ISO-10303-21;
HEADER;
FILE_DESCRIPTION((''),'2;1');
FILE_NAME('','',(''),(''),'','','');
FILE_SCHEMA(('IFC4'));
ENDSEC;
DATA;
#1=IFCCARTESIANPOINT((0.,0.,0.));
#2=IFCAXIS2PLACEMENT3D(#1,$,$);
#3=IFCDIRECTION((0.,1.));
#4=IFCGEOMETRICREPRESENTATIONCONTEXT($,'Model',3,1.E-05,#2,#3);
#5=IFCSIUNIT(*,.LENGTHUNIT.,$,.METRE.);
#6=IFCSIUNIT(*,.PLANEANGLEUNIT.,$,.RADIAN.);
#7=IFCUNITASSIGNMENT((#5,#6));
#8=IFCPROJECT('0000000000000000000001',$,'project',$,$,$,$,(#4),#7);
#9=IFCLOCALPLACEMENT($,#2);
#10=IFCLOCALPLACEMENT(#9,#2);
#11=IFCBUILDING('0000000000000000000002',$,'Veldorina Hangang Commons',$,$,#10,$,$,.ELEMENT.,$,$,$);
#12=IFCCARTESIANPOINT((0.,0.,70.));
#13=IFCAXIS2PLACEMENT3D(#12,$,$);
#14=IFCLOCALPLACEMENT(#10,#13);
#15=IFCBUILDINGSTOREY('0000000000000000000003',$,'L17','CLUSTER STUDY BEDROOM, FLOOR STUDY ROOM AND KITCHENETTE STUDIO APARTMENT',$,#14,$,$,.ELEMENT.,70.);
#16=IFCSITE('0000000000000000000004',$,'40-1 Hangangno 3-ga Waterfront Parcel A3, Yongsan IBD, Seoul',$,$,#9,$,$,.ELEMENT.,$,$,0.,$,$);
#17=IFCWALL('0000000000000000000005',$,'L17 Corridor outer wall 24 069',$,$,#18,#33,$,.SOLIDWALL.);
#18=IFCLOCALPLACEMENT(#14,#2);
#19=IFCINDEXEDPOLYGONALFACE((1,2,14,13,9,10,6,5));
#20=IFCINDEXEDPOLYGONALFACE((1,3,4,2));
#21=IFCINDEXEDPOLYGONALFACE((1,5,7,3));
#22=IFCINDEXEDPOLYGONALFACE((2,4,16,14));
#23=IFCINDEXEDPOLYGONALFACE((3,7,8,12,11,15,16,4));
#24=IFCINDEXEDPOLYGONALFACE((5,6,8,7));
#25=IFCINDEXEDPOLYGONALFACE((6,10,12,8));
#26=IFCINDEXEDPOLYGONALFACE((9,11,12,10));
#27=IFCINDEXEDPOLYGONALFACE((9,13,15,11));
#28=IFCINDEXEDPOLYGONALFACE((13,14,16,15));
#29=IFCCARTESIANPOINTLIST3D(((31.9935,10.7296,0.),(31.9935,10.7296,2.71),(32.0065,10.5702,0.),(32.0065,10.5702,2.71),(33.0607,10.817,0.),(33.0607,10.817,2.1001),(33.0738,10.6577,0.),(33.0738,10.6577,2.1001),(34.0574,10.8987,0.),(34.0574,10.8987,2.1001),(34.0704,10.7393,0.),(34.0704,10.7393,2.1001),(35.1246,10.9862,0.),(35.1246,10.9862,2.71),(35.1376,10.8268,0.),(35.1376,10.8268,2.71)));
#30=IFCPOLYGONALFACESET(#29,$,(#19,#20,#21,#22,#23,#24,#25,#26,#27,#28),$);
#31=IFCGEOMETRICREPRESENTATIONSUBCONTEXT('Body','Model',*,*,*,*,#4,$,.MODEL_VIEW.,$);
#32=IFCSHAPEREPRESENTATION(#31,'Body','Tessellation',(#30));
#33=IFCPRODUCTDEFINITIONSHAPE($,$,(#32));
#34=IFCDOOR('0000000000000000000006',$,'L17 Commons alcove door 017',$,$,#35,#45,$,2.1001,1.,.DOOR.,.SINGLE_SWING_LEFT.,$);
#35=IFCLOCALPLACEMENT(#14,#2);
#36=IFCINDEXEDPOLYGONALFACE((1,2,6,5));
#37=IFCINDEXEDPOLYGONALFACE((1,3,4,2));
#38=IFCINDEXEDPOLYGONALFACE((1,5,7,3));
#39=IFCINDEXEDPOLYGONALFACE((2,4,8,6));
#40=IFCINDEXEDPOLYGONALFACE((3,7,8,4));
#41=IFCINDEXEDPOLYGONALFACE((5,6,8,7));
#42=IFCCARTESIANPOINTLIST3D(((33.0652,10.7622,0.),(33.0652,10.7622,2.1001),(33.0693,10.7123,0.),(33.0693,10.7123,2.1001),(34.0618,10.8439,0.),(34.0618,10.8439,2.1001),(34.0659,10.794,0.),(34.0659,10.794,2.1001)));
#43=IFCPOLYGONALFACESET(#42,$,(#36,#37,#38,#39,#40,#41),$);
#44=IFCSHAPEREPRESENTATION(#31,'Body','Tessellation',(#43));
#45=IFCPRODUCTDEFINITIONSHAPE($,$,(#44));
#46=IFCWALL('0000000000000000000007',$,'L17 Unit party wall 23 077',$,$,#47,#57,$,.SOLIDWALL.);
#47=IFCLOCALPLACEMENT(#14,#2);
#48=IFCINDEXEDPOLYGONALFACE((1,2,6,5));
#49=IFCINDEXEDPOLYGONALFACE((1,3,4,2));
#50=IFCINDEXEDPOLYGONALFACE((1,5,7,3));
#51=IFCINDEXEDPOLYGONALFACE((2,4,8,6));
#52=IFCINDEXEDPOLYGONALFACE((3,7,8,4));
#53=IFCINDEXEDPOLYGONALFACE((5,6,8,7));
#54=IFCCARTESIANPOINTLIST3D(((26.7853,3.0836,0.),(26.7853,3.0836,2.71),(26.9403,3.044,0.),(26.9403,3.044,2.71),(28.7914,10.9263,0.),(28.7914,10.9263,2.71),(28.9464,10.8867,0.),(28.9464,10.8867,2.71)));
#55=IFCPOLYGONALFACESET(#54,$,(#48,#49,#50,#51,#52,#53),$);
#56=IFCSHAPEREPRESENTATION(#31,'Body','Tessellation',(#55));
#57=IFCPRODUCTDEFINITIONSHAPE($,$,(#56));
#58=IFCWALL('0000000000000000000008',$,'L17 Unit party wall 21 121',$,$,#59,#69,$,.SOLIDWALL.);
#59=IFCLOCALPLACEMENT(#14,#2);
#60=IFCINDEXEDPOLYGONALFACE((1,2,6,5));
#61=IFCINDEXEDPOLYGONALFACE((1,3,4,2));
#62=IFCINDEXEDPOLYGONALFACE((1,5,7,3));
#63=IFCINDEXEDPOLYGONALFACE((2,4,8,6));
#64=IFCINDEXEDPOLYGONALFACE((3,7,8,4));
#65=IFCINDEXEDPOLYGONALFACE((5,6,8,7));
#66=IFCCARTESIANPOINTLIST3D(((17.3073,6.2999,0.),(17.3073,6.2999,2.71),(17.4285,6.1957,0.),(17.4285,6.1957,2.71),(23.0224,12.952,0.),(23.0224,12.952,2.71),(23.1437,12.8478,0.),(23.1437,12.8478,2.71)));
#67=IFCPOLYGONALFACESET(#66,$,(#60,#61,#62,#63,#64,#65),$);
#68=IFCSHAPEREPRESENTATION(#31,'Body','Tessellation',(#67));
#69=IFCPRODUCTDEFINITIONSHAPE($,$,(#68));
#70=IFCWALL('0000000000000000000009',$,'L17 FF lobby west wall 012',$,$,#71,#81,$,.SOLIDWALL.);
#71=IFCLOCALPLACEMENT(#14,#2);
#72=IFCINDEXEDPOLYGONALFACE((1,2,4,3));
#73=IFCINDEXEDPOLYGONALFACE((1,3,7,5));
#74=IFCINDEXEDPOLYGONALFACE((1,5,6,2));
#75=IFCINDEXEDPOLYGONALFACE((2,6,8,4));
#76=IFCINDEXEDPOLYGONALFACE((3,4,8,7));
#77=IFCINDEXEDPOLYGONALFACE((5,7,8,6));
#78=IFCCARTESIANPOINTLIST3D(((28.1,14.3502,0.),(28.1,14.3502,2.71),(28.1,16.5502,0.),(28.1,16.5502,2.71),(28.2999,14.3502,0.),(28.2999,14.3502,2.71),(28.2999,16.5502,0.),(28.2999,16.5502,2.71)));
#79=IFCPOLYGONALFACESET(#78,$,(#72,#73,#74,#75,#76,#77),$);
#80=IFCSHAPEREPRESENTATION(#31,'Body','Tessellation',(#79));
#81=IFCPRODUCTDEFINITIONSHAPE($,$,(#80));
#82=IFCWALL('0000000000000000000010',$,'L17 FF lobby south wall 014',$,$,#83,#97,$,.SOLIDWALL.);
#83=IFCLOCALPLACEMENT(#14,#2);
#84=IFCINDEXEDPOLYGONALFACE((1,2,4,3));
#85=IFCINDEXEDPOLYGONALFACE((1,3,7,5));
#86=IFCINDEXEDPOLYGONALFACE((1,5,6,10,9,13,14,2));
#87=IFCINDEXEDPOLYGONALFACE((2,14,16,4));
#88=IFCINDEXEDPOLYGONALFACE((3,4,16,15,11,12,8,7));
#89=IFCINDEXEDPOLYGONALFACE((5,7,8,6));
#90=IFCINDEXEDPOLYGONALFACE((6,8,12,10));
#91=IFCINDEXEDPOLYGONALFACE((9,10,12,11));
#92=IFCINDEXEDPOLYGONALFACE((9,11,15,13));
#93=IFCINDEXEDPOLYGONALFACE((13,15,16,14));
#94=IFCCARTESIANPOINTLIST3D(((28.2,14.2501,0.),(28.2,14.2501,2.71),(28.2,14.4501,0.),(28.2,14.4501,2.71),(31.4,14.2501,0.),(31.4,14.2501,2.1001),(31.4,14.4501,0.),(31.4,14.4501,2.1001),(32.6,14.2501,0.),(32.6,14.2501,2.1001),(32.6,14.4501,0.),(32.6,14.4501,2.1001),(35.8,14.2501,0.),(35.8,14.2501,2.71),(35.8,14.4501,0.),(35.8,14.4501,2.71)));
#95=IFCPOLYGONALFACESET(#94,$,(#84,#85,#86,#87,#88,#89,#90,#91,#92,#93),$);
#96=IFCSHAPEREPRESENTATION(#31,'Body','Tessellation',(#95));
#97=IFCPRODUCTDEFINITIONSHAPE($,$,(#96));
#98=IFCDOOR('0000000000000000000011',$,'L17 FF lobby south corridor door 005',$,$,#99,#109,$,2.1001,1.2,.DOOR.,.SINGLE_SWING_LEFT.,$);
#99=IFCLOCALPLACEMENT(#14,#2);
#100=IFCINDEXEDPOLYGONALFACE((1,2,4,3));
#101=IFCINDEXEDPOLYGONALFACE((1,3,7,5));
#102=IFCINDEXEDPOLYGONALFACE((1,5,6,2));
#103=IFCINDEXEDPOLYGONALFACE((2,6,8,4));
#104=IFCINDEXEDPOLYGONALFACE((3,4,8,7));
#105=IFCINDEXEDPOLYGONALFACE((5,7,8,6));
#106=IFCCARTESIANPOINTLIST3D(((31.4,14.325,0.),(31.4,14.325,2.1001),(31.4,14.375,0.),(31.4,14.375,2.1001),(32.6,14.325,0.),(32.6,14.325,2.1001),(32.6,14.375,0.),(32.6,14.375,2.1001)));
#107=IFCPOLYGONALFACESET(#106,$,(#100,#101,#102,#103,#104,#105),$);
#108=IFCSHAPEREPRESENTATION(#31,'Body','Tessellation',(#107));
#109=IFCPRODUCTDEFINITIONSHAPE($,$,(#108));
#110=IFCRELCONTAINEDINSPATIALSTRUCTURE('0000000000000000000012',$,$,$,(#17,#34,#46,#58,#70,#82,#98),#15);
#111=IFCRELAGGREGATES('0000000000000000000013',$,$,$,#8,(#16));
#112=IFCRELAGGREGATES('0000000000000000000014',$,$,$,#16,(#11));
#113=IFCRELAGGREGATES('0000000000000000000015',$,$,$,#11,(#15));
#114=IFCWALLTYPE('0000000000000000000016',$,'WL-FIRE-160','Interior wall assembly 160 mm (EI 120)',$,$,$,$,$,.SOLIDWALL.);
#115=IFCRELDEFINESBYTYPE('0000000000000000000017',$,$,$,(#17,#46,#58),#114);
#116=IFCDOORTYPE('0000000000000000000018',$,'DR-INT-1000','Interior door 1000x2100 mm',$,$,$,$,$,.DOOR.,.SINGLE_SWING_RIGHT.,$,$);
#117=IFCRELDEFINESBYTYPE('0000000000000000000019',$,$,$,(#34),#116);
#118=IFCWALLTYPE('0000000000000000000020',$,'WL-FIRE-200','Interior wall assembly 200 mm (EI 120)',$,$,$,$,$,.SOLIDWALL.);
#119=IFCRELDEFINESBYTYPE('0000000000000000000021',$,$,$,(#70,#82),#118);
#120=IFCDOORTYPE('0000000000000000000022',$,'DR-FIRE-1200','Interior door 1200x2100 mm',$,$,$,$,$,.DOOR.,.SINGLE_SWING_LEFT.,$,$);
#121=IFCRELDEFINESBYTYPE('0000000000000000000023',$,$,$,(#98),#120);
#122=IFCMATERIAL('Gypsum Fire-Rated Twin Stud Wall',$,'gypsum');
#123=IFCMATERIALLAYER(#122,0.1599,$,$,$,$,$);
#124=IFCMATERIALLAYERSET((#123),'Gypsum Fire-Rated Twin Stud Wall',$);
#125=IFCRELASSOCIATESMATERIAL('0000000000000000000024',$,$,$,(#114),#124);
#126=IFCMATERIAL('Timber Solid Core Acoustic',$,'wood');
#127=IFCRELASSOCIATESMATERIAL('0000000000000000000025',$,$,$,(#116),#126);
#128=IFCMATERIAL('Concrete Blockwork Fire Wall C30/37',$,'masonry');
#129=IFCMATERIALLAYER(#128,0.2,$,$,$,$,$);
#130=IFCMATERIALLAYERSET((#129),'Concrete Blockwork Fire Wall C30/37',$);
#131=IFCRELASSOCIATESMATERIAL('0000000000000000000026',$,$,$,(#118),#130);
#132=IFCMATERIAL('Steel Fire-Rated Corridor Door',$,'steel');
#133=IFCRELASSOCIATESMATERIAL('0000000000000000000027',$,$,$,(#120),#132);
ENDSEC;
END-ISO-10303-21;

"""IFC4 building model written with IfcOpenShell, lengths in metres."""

from ifc_helpers import new_model, si_unit, direction, frame, frame_2d, origin, place, context, subcontext, project, spatial, rectangle, extrude, material, layer, layer_set, type_object, element, fill, save


model = new_model("IFC4")

# Units and contexts
model_context = context("Model", 3, precision=1e-05, world=origin(), true_north=direction((0.0, 1.0)))
body_context = subcontext(model_context, "Body", "Model", "MODEL_VIEW")
ifc_project = project(units=[si_unit("LENGTHUNIT", "METRE"), si_unit("PLANEANGLEUNIT", "RADIAN")], contexts=[model_context])

# Site, building, storey
site_placement = place(None, origin())
site = spatial("IfcSite", under=ifc_project, at=site_placement, Name="40-1 Hangangno 3-ga Waterfront Parcel A3, Yongsan IBD, Seoul", CompositionType="ELEMENT", RefElevation=0.0)
building_placement = place(site_placement, origin())
building = spatial("IfcBuilding", under=site, at=building_placement, Name="Veldorina Hangang Commons", CompositionType="ELEMENT")
storey_placement = place(building_placement, frame((0.0, 0.0, 70.0)))
storey = spatial("IfcBuildingStorey", under=building, at=storey_placement, Name="L17", Description="CLUSTER STUDY BEDROOM, FLOOR STUDY ROOM AND KITCHENETTE STUDIO APARTMENT", CompositionType="ELEMENT", Elevation=70.0)

# Shared definitions
ifc_material_1 = material(Name="Gypsum Fire-Rated Twin Stud Wall", Category="gypsum")
ifc_layer_1 = layer(ifc_material_1, 0.1599)
ifc_layer_set_1 = layer_set([ifc_layer_1], Name="Gypsum Fire-Rated Twin Stud Wall")
wall_type_1 = type_object("IfcWallType", Name="WL-FIRE-160", Description="Interior wall assembly 160 mm (EI 120)", PredefinedType="SOLIDWALL", material=ifc_layer_set_1)

# Shared definitions
ifc_material_2 = material(Name="Timber Solid Core Acoustic", Category="wood")

# Wall, opening, door
wall_1_placement = place(storey_placement, frame((32.0, 10.6499, 0.0), z_axis=(0.0, 0.0, 1.0), x_axis=(0.996659, 0.081676, 0.0)))
wall_1 = element("IfcWall", 1, at=wall_1_placement, inside=storey, type_object=wall_type_1, Name="L17 Corridor outer wall 24 069", PredefinedType="SOLIDWALL", context=body_context, shape_type="SweptSolid", body=[
    extrude(rectangle(XDim=3.1416, YDim=0.1599, at=frame_2d((1.5708, 0.0))), origin(), (0.0, 0.0, 1.0), 2.71),
])
opening_1_placement = place(wall_1_placement, frame((1.0708, 0.0, 0.0)))
opening_1 = element("IfcOpeningElement", 2, at=opening_1_placement, cuts=wall_1, PredefinedType="OPENING", context=body_context, shape_type="SweptSolid", body=[
    extrude(rectangle(XDim=1.0, YDim=2.1001, at=frame_2d((0.5, 1.05))), frame((0.0, 0.0898, 0.0), z_axis=(0.0, -1.0, 0.0), x_axis=(1.0, 0.0, 0.0)), (0.0, 0.0, 1.0), 0.1799),
])
door_type_1 = type_object("IfcDoorType", Name="DR-INT-1000", Description="Interior door 1000x2100 mm", OperationType="SINGLE_SWING_RIGHT", PredefinedType="DOOR", material=ifc_material_2)
door_1_placement = place(opening_1_placement, origin())
door_1 = element("IfcDoor", 3, at=door_1_placement, inside=storey, type_object=door_type_1, Name="L17 Commons alcove door 017", OperationType="SINGLE_SWING_LEFT", OverallHeight=2.1001, OverallWidth=1.0, PredefinedType="DOOR", context=body_context, shape_type="SweptSolid", body=[
    extrude(rectangle(XDim=1.0, YDim=2.1001, at=frame_2d((0.5, 1.05))), frame((0.0, 0.0249, 0.0), z_axis=(0.0, -1.0, 0.0), x_axis=(1.0, 0.0, 0.0)), (0.0, 0.0, 1.0), 0.05),
])
fill(opening_1, door_1)

# Walls
wall_2_placement = place(storey_placement, frame((28.8689, 10.9065, 0.0), z_axis=(0.0, 0.0, 1.0), x_axis=(-0.247812, -0.968808, 0.0)))
element("IfcWall", 4, at=wall_2_placement, inside=storey, type_object=wall_type_1, Name="L17 Unit party wall 23 077", PredefinedType="SOLIDWALL", context=body_context, shape_type="SweptSolid", body=[
    extrude(rectangle(XDim=8.0952, YDim=0.1599, at=frame_2d((4.0476, 0.0))), origin(), (0.0, 0.0, 1.0), 2.71),
])
wall_3_placement = place(storey_placement, frame((23.083, 12.8999, 0.0), z_axis=(0.0, 0.0, 1.0), x_axis=(-0.651664, -0.758507, 0.0)))
element("IfcWall", 5, at=wall_3_placement, inside=storey, type_object=wall_type_1, Name="L17 Unit party wall 21 121", PredefinedType="SOLIDWALL", context=body_context, shape_type="SweptSolid", body=[
    extrude(rectangle(XDim=8.77, YDim=0.1599, at=frame_2d((4.385, 0.0))), origin(), (0.0, 0.0, 1.0), 2.71),
])
ifc_material_3 = material(Name="Concrete Blockwork Fire Wall C30/37", Category="masonry")
ifc_layer_2 = layer(ifc_material_3, 0.2)
ifc_layer_set_2 = layer_set([ifc_layer_2], Name="Concrete Blockwork Fire Wall C30/37")
wall_type_2 = type_object("IfcWallType", Name="WL-FIRE-200", Description="Interior wall assembly 200 mm (EI 120)", PredefinedType="SOLIDWALL", material=ifc_layer_set_2)
wall_4_placement = place(storey_placement, frame((28.2, 14.3501, 0.0), z_axis=(0.0, 0.0, 1.0), x_axis=(0.0, 1.0, 0.0)))
element("IfcWall", 6, at=wall_4_placement, inside=storey, type_object=wall_type_2, Name="L17 FF lobby west wall 012", PredefinedType="SOLIDWALL", context=body_context, shape_type="SweptSolid", body=[
    extrude(rectangle(XDim=2.2, YDim=0.2, at=frame_2d((1.1001, 0.0))), origin(), (0.0, 0.0, 1.0), 2.71),
])

# Wall, opening, door
wall_5_placement = place(storey_placement, frame((28.2, 14.3501, 0.0), z_axis=(0.0, 0.0, 1.0), x_axis=(1.0, 0.0, 0.0)))
wall_5 = element("IfcWall", 7, at=wall_5_placement, inside=storey, type_object=wall_type_2, Name="L17 FF lobby south wall 014", PredefinedType="SOLIDWALL", context=body_context, shape_type="SweptSolid", body=[
    extrude(rectangle(XDim=7.6001, YDim=0.2, at=frame_2d((3.8, 0.0))), origin(), (0.0, 0.0, 1.0), 2.71),
])
opening_2_placement = place(wall_5_placement, frame((3.2, 0.0, 0.0)))
opening_2 = element("IfcOpeningElement", 8, at=opening_2_placement, cuts=wall_5, PredefinedType="OPENING", context=body_context, shape_type="SweptSolid", body=[
    extrude(rectangle(XDim=1.2, YDim=2.1001, at=frame_2d((0.6001, 1.05))), frame((0.0, 0.1099, 0.0), z_axis=(0.0, -1.0, 0.0), x_axis=(1.0, 0.0, 0.0)), (0.0, 0.0, 1.0), 0.22),
])
ifc_material_4 = material(Name="Steel Fire-Rated Corridor Door", Category="steel")
door_type_2 = type_object("IfcDoorType", Name="DR-FIRE-1200", Description="Interior door 1200x2100 mm", OperationType="SINGLE_SWING_LEFT", PredefinedType="DOOR", material=ifc_material_4)
door_2_placement = place(opening_2_placement, origin())
door_2 = element("IfcDoor", 9, at=door_2_placement, inside=storey, type_object=door_type_2, Name="L17 FF lobby south corridor door 005", OperationType="SINGLE_SWING_LEFT", OverallHeight=2.1001, OverallWidth=1.2, PredefinedType="DOOR", context=body_context, shape_type="SweptSolid", body=[
    extrude(rectangle(XDim=1.2, YDim=2.1001, at=frame_2d((0.6001, 1.05))), frame((0.0, 0.0249, 0.0), z_axis=(0.0, -1.0, 0.0), x_axis=(1.0, 0.0, 0.0)), (0.0, 0.0, 1.0), 0.05),
])
fill(opening_2, door_2)

save(model, "model.ifc")
